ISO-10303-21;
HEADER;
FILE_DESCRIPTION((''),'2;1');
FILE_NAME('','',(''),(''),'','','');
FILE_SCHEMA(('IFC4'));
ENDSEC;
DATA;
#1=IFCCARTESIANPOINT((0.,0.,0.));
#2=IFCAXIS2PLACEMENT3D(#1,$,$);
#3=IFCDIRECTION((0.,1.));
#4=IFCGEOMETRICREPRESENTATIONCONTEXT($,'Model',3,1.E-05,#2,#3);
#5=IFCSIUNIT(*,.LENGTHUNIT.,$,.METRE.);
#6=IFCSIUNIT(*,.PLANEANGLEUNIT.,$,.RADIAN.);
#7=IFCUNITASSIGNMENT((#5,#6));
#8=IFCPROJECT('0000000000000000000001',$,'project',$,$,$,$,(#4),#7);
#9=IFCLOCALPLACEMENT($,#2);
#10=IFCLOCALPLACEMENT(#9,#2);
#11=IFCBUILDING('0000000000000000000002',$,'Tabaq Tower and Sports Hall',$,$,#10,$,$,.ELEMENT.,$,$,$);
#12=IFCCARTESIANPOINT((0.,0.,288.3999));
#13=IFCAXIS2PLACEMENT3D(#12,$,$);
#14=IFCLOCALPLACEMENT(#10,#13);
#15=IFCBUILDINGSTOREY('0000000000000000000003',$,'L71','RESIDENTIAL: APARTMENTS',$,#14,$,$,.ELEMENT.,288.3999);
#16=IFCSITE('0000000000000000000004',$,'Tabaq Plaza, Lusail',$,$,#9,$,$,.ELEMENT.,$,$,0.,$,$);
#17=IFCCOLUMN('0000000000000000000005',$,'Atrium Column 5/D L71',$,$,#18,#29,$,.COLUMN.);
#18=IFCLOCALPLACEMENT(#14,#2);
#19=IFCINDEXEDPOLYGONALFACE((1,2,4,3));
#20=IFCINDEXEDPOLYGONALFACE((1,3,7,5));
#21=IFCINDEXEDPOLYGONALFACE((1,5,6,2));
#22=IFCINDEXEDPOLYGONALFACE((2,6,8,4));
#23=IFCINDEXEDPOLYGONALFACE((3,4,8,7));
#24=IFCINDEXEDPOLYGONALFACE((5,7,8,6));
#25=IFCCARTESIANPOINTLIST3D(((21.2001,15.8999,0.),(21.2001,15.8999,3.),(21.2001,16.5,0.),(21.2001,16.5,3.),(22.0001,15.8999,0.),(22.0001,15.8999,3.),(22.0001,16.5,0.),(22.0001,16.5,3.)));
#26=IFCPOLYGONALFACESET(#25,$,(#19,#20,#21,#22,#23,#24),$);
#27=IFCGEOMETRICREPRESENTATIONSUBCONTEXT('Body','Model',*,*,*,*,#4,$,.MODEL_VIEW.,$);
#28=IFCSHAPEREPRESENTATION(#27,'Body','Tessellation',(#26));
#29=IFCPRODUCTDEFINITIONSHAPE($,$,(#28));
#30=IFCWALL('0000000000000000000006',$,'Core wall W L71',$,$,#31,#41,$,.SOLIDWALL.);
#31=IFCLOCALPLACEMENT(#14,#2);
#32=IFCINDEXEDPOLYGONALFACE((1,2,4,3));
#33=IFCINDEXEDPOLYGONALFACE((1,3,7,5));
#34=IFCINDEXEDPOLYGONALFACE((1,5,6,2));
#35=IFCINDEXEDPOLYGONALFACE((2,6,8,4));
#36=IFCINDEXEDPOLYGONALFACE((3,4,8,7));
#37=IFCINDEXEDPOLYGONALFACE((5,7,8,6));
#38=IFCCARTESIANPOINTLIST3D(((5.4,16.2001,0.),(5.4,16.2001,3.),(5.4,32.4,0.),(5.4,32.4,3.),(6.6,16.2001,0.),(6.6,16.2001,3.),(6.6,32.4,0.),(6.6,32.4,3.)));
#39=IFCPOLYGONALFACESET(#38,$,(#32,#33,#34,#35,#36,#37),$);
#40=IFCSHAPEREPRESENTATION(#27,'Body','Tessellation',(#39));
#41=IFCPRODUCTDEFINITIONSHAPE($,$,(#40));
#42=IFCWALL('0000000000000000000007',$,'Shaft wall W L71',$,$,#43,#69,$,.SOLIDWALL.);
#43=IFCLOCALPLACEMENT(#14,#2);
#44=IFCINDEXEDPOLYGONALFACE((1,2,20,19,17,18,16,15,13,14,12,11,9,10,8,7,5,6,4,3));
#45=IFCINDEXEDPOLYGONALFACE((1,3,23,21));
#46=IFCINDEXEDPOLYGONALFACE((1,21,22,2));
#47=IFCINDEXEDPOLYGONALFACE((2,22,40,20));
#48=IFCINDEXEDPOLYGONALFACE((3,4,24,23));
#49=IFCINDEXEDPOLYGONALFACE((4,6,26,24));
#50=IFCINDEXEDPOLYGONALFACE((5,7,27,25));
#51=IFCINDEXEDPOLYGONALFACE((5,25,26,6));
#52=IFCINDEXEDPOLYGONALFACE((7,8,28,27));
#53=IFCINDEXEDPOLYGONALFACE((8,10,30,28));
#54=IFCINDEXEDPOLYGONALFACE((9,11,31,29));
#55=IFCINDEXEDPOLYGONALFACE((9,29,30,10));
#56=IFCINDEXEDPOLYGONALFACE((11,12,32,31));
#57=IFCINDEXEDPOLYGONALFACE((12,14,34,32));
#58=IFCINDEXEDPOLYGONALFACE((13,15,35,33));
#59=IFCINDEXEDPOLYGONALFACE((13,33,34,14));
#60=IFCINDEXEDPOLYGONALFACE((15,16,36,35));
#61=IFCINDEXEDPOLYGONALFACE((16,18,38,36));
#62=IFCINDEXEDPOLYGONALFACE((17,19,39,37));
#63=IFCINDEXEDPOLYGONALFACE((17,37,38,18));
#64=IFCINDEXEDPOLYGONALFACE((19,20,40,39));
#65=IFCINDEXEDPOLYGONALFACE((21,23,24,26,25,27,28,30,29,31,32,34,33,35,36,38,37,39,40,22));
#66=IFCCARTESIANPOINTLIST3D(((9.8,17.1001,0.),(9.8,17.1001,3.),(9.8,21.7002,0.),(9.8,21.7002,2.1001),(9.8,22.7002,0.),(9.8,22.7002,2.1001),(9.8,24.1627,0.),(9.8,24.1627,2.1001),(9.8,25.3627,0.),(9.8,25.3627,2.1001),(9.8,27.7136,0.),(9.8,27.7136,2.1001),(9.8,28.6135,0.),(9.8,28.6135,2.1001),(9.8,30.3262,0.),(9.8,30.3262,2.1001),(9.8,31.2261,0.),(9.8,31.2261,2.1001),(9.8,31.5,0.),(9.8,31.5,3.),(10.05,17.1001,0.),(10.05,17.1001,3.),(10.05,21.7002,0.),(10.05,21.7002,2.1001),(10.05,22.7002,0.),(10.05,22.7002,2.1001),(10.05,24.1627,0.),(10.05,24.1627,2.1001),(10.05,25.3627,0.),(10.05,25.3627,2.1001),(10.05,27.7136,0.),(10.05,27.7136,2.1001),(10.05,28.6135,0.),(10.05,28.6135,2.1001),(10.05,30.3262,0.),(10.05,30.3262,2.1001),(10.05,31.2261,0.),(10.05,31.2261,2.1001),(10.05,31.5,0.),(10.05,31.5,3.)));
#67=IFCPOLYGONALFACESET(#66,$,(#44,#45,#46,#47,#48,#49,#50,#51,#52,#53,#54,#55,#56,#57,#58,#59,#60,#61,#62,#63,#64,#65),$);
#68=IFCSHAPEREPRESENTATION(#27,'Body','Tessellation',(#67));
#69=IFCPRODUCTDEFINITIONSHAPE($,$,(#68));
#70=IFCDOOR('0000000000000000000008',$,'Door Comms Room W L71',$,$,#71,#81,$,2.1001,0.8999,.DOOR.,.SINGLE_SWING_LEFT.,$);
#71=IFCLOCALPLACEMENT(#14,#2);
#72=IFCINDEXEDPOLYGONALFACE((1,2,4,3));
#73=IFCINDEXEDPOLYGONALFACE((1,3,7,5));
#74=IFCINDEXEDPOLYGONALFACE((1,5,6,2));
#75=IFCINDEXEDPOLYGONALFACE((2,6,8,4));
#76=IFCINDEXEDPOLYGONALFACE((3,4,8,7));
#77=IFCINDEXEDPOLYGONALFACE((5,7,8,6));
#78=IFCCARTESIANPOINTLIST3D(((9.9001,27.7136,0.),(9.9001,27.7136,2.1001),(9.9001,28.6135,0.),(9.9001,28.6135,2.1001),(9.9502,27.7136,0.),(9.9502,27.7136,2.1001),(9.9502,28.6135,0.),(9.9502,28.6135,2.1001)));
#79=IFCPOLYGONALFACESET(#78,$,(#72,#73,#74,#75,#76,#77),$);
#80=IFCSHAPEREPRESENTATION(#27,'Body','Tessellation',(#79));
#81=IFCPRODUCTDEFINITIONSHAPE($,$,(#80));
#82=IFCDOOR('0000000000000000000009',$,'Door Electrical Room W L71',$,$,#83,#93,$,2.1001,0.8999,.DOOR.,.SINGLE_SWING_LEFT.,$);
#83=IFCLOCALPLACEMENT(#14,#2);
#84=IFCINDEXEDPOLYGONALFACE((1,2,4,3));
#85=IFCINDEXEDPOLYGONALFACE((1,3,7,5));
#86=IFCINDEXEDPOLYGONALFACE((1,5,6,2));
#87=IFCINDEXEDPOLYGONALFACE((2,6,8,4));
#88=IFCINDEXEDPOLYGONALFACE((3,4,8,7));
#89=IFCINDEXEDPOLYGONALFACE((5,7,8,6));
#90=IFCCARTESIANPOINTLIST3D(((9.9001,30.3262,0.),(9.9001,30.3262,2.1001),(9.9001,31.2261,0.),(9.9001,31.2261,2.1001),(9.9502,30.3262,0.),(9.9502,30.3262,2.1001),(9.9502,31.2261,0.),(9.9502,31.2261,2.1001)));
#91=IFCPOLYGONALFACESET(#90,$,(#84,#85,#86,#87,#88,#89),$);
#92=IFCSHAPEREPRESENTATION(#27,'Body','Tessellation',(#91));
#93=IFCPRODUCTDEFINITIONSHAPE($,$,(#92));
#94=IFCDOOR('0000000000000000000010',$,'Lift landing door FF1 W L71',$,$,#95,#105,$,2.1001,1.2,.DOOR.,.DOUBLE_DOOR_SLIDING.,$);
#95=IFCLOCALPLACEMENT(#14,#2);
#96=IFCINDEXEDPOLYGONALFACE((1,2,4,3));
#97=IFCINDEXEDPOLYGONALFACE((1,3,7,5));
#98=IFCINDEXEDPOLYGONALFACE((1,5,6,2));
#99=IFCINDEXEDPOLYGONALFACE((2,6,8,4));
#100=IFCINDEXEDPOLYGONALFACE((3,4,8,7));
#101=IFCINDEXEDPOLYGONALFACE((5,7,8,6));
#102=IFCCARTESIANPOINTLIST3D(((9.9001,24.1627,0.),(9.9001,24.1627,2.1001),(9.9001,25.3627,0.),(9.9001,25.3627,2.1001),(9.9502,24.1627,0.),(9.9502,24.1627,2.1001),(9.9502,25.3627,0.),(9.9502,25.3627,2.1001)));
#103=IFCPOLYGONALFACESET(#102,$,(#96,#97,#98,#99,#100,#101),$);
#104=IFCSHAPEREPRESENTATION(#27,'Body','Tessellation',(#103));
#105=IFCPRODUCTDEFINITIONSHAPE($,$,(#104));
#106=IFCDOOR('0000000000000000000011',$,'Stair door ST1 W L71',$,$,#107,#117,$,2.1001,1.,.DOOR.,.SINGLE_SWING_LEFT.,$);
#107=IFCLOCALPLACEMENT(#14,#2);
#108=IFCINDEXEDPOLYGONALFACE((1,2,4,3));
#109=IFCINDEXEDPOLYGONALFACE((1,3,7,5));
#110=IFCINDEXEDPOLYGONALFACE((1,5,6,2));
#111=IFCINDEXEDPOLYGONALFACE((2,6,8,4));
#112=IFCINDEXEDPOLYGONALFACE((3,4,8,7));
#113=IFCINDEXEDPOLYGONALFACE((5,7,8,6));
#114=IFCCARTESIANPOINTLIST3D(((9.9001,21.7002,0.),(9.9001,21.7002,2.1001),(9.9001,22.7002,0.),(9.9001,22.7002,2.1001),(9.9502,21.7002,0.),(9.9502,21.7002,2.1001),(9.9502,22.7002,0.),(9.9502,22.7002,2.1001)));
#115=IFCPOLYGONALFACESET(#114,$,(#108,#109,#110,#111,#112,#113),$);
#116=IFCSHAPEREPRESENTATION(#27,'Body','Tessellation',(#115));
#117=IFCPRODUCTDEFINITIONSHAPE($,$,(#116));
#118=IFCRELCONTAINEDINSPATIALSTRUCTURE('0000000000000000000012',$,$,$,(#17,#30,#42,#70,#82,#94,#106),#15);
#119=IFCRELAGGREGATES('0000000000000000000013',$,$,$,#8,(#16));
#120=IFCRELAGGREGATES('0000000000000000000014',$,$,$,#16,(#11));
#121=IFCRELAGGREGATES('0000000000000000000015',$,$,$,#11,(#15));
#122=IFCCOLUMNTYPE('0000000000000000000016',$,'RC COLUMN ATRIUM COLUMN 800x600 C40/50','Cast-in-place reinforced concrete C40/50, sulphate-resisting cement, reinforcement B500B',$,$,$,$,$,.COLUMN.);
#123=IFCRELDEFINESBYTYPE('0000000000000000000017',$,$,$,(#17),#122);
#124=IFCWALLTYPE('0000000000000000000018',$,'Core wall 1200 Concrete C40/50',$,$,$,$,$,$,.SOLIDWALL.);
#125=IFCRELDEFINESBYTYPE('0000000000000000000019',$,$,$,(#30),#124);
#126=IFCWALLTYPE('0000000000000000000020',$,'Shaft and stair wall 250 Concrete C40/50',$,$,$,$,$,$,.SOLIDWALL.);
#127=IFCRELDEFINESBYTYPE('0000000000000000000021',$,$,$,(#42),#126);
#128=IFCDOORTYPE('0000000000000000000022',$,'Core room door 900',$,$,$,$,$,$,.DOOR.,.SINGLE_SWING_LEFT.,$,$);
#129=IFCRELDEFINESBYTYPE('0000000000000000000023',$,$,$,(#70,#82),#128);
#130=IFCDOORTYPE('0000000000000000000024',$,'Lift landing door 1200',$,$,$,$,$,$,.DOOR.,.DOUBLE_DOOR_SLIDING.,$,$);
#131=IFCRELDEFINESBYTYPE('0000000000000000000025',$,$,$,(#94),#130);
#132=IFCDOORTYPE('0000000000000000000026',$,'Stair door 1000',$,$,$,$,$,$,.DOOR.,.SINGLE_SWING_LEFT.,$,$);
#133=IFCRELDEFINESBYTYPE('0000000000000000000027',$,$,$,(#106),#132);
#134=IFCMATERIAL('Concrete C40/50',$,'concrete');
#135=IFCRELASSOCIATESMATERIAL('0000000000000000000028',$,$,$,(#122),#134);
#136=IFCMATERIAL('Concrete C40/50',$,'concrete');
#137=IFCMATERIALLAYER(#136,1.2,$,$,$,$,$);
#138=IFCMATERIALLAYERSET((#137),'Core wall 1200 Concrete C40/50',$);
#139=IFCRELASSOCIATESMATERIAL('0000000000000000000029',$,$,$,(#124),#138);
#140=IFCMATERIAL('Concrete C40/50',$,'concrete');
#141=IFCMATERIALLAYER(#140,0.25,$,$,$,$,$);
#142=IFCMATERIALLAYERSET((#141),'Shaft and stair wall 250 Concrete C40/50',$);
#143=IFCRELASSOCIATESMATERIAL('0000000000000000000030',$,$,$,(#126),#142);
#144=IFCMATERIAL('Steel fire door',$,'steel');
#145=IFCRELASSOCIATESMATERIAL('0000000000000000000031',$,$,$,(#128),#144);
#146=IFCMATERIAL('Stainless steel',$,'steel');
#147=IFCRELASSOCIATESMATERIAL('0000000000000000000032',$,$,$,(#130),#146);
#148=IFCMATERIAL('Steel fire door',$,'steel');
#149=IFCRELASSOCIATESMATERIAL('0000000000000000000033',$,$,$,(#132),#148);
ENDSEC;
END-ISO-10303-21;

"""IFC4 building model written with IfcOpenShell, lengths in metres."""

from ifc_helpers import new_model, si_unit, direction, frame, frame_2d, origin, origin_2d, place, context, subcontext, project, spatial, rectangle, extrude, material, layer, layer_set, material_profile, profile_set, type_object, element, fill, save


model = new_model("IFC4")

# Units and contexts
model_context = context("Model", 3, precision=1e-05, world=origin(), true_north=direction((0.0, 1.0)))
body_context = subcontext(model_context, "Body", "Model", "MODEL_VIEW")
ifc_project = project(units=[si_unit("LENGTHUNIT", "METRE"), si_unit("PLANEANGLEUNIT", "RADIAN")], contexts=[model_context])

# Site, building, storey
site_placement = place(None, origin())
site = spatial("IfcSite", under=ifc_project, at=site_placement, Name="Tabaq Plaza, Lusail", CompositionType="ELEMENT", RefElevation=0.0)
building_placement = place(site_placement, origin())
building = spatial("IfcBuilding", under=site, at=building_placement, Name="Tabaq Tower and Sports Hall", CompositionType="ELEMENT")
storey_placement = place(building_placement, frame((0.0, 0.0, 288.3999)))
storey = spatial("IfcBuildingStorey", under=building, at=storey_placement, Name="L71", Description="RESIDENTIAL: APARTMENTS", CompositionType="ELEMENT", Elevation=288.3999)

# Column
ifc_material_1 = material(Name="Concrete C40/50", Category="concrete")
ifc_material_profile = material_profile(ifc_material_1, rectangle(XDim=0.8, YDim=0.6001, at=origin_2d()), Name="ATRIUM COLUMN 800x600")
ifc_profile_set = profile_set([ifc_material_profile], Name="Concrete C40/50")
column_type = type_object("IfcColumnType", Name="RC COLUMN ATRIUM COLUMN 800x600 C40/50", Description="Cast-in-place reinforced concrete C40/50, sulphate-resisting cement, reinforcement B500B", PredefinedType="COLUMN", material=ifc_profile_set)
column_placement = place(storey_placement, frame((21.6001, 16.2, 0.0), z_axis=(0.0, 0.0, 1.0), x_axis=(1.0, 0.0, 0.0)))
element("IfcColumn", 1, at=column_placement, inside=storey, type_object=column_type, Name="Atrium Column 5/D L71", PredefinedType="COLUMN", context=body_context, shape_type="SweptSolid", body=[
    extrude(rectangle(XDim=0.8, YDim=0.6001, at=origin_2d()), origin(), (0.0, 0.0, 1.0), 3.0),
])

# Wall
ifc_material_2 = material(Name="Concrete C40/50", Category="concrete")
ifc_layer_1 = layer(ifc_material_2, 1.2)
ifc_layer_set_1 = layer_set([ifc_layer_1], Name="Core wall 1200 Concrete C40/50")
wall_type_1 = type_object("IfcWallType", Name="Core wall 1200 Concrete C40/50", PredefinedType="SOLIDWALL", material=ifc_layer_set_1)
wall_1_placement = place(storey_placement, frame((6.0, 16.2, 0.0), z_axis=(0.0, 0.0, 1.0), x_axis=(0.0, 1.0, 0.0)))
element("IfcWall", 2, at=wall_1_placement, inside=storey, type_object=wall_type_1, Name="Core wall W L71", PredefinedType="SOLIDWALL", context=body_context, shape_type="SweptSolid", body=[
    extrude(rectangle(XDim=16.2, YDim=1.2, at=frame_2d((8.1001, 0.0))), origin(), (0.0, 0.0, 1.0), 3.0),
])

# Wall, openings, doors
ifc_material_3 = material(Name="Concrete C40/50", Category="concrete")
ifc_layer_2 = layer(ifc_material_3, 0.25)
ifc_layer_set_2 = layer_set([ifc_layer_2], Name="Shaft and stair wall 250 Concrete C40/50")
wall_type_2 = type_object("IfcWallType", Name="Shaft and stair wall 250 Concrete C40/50", PredefinedType="SOLIDWALL", material=ifc_layer_set_2)
wall_2_placement = place(storey_placement, frame((9.925, 17.1001, 0.0), z_axis=(0.0, 0.0, 1.0), x_axis=(0.0, 1.0, 0.0)))
wall_2 = element("IfcWall", 3, at=wall_2_placement, inside=storey, type_object=wall_type_2, Name="Shaft wall W L71", PredefinedType="SOLIDWALL", context=body_context, shape_type="SweptSolid", body=[
    extrude(rectangle(XDim=14.3999, YDim=0.25, at=frame_2d((7.2, 0.0))), origin(), (0.0, 0.0, 1.0), 3.0),
])
opening_1_placement = place(wall_2_placement, frame((4.6001, 0.0, 0.0)))
opening_1 = element("IfcOpeningElement", 4, at=opening_1_placement, cuts=wall_2, PredefinedType="OPENING", context=body_context, shape_type="SweptSolid", body=[
    extrude(rectangle(XDim=1.0, YDim=2.1001, at=frame_2d((0.5, 1.05))), frame((0.0, 0.125, 0.0), z_axis=(0.0, -1.0, 0.0), x_axis=(1.0, 0.0, 0.0)), (0.0, 0.0, 1.0), 0.25),
])
opening_2_placement = place(wall_2_placement, frame((7.0625, 0.0, 0.0)))
opening_2 = element("IfcOpeningElement", 5, at=opening_2_placement, cuts=wall_2, PredefinedType="OPENING", context=body_context, shape_type="SweptSolid", body=[
    extrude(rectangle(XDim=1.2, YDim=2.1001, at=frame_2d((0.6001, 1.05))), frame((0.0, 0.125, 0.0), z_axis=(0.0, -1.0, 0.0), x_axis=(1.0, 0.0, 0.0)), (0.0, 0.0, 1.0), 0.25),
])
opening_3_placement = place(wall_2_placement, frame((10.6135, 0.0, 0.0)))
opening_3 = element("IfcOpeningElement", 6, at=opening_3_placement, cuts=wall_2, PredefinedType="OPENING", context=body_context, shape_type="SweptSolid", body=[
    extrude(rectangle(XDim=0.8999, YDim=2.1001, at=frame_2d((0.45, 1.05))), frame((0.0, 0.125, 0.0), z_axis=(0.0, -1.0, 0.0), x_axis=(1.0, 0.0, 0.0)), (0.0, 0.0, 1.0), 0.25),
])
opening_4_placement = place(wall_2_placement, frame((13.2261, 0.0, 0.0)))
opening_4 = element("IfcOpeningElement", 7, at=opening_4_placement, cuts=wall_2, PredefinedType="OPENING", context=body_context, shape_type="SweptSolid", body=[
    extrude(rectangle(XDim=0.8999, YDim=2.1001, at=frame_2d((0.45, 1.05))), frame((0.0, 0.125, 0.0), z_axis=(0.0, -1.0, 0.0), x_axis=(1.0, 0.0, 0.0)), (0.0, 0.0, 1.0), 0.25),
])
ifc_material_4 = material(Name="Steel fire door", Category="steel")
door_type_1 = type_object("IfcDoorType", Name="Core room door 900", OperationType="SINGLE_SWING_LEFT", PredefinedType="DOOR", material=ifc_material_4)
door_1_placement = place(opening_3_placement, origin())
door_1 = element("IfcDoor", 8, at=door_1_placement, inside=storey, type_object=door_type_1, Name="Door Comms Room W L71", OperationType="SINGLE_SWING_LEFT", OverallHeight=2.1001, OverallWidth=0.8999, PredefinedType="DOOR", context=body_context, shape_type="SweptSolid", body=[
    extrude(rectangle(XDim=0.8999, YDim=2.1001, at=frame_2d((0.45, 1.05))), frame((0.0, 0.0249, 0.0), z_axis=(0.0, -1.0, 0.0), x_axis=(1.0, 0.0, 0.0)), (0.0, 0.0, 1.0), 0.05),
])
fill(opening_3, door_1)
door_2_placement = place(opening_4_placement, origin())
door_2 = element("IfcDoor", 9, at=door_2_placement, inside=storey, type_object=door_type_1, Name="Door Electrical Room W L71", OperationType="SINGLE_SWING_LEFT", OverallHeight=2.1001, OverallWidth=0.8999, PredefinedType="DOOR", context=body_context, shape_type="SweptSolid", body=[
    extrude(rectangle(XDim=0.8999, YDim=2.1001, at=frame_2d((0.45, 1.05))), frame((0.0, 0.0249, 0.0), z_axis=(0.0, -1.0, 0.0), x_axis=(1.0, 0.0, 0.0)), (0.0, 0.0, 1.0), 0.05),
])
fill(opening_4, door_2)
ifc_material_5 = material(Name="Stainless steel", Category="steel")
door_type_2 = type_object("IfcDoorType", Name="Lift landing door 1200", OperationType="DOUBLE_DOOR_SLIDING", PredefinedType="DOOR", material=ifc_material_5)
door_3_placement = place(opening_2_placement, origin())
door_3 = element("IfcDoor", 10, at=door_3_placement, inside=storey, type_object=door_type_2, Name="Lift landing door FF1 W L71", OperationType="DOUBLE_DOOR_SLIDING", OverallHeight=2.1001, OverallWidth=1.2, PredefinedType="DOOR", context=body_context, shape_type="SweptSolid", body=[
    extrude(rectangle(XDim=1.2, YDim=2.1001, at=frame_2d((0.6001, 1.05))), frame((0.0, 0.0249, 0.0), z_axis=(0.0, -1.0, 0.0), x_axis=(1.0, 0.0, 0.0)), (0.0, 0.0, 1.0), 0.05),
])
fill(opening_2, door_3)
ifc_material_6 = material(Name="Steel fire door", Category="steel")
door_type_3 = type_object("IfcDoorType", Name="Stair door 1000", OperationType="SINGLE_SWING_LEFT", PredefinedType="DOOR", material=ifc_material_6)
door_4_placement = place(opening_1_placement, origin())
door_4 = element("IfcDoor", 11, at=door_4_placement, inside=storey, type_object=door_type_3, Name="Stair door ST1 W L71", OperationType="SINGLE_SWING_LEFT", OverallHeight=2.1001, OverallWidth=1.0, PredefinedType="DOOR", context=body_context, shape_type="SweptSolid", body=[
    extrude(rectangle(XDim=1.0, YDim=2.1001, at=frame_2d((0.5, 1.05))), frame((0.0, 0.0249, 0.0), z_axis=(0.0, -1.0, 0.0), x_axis=(1.0, 0.0, 0.0)), (0.0, 0.0, 1.0), 0.05),
])
fill(opening_1, door_4)

save(model, "model.ifc")
